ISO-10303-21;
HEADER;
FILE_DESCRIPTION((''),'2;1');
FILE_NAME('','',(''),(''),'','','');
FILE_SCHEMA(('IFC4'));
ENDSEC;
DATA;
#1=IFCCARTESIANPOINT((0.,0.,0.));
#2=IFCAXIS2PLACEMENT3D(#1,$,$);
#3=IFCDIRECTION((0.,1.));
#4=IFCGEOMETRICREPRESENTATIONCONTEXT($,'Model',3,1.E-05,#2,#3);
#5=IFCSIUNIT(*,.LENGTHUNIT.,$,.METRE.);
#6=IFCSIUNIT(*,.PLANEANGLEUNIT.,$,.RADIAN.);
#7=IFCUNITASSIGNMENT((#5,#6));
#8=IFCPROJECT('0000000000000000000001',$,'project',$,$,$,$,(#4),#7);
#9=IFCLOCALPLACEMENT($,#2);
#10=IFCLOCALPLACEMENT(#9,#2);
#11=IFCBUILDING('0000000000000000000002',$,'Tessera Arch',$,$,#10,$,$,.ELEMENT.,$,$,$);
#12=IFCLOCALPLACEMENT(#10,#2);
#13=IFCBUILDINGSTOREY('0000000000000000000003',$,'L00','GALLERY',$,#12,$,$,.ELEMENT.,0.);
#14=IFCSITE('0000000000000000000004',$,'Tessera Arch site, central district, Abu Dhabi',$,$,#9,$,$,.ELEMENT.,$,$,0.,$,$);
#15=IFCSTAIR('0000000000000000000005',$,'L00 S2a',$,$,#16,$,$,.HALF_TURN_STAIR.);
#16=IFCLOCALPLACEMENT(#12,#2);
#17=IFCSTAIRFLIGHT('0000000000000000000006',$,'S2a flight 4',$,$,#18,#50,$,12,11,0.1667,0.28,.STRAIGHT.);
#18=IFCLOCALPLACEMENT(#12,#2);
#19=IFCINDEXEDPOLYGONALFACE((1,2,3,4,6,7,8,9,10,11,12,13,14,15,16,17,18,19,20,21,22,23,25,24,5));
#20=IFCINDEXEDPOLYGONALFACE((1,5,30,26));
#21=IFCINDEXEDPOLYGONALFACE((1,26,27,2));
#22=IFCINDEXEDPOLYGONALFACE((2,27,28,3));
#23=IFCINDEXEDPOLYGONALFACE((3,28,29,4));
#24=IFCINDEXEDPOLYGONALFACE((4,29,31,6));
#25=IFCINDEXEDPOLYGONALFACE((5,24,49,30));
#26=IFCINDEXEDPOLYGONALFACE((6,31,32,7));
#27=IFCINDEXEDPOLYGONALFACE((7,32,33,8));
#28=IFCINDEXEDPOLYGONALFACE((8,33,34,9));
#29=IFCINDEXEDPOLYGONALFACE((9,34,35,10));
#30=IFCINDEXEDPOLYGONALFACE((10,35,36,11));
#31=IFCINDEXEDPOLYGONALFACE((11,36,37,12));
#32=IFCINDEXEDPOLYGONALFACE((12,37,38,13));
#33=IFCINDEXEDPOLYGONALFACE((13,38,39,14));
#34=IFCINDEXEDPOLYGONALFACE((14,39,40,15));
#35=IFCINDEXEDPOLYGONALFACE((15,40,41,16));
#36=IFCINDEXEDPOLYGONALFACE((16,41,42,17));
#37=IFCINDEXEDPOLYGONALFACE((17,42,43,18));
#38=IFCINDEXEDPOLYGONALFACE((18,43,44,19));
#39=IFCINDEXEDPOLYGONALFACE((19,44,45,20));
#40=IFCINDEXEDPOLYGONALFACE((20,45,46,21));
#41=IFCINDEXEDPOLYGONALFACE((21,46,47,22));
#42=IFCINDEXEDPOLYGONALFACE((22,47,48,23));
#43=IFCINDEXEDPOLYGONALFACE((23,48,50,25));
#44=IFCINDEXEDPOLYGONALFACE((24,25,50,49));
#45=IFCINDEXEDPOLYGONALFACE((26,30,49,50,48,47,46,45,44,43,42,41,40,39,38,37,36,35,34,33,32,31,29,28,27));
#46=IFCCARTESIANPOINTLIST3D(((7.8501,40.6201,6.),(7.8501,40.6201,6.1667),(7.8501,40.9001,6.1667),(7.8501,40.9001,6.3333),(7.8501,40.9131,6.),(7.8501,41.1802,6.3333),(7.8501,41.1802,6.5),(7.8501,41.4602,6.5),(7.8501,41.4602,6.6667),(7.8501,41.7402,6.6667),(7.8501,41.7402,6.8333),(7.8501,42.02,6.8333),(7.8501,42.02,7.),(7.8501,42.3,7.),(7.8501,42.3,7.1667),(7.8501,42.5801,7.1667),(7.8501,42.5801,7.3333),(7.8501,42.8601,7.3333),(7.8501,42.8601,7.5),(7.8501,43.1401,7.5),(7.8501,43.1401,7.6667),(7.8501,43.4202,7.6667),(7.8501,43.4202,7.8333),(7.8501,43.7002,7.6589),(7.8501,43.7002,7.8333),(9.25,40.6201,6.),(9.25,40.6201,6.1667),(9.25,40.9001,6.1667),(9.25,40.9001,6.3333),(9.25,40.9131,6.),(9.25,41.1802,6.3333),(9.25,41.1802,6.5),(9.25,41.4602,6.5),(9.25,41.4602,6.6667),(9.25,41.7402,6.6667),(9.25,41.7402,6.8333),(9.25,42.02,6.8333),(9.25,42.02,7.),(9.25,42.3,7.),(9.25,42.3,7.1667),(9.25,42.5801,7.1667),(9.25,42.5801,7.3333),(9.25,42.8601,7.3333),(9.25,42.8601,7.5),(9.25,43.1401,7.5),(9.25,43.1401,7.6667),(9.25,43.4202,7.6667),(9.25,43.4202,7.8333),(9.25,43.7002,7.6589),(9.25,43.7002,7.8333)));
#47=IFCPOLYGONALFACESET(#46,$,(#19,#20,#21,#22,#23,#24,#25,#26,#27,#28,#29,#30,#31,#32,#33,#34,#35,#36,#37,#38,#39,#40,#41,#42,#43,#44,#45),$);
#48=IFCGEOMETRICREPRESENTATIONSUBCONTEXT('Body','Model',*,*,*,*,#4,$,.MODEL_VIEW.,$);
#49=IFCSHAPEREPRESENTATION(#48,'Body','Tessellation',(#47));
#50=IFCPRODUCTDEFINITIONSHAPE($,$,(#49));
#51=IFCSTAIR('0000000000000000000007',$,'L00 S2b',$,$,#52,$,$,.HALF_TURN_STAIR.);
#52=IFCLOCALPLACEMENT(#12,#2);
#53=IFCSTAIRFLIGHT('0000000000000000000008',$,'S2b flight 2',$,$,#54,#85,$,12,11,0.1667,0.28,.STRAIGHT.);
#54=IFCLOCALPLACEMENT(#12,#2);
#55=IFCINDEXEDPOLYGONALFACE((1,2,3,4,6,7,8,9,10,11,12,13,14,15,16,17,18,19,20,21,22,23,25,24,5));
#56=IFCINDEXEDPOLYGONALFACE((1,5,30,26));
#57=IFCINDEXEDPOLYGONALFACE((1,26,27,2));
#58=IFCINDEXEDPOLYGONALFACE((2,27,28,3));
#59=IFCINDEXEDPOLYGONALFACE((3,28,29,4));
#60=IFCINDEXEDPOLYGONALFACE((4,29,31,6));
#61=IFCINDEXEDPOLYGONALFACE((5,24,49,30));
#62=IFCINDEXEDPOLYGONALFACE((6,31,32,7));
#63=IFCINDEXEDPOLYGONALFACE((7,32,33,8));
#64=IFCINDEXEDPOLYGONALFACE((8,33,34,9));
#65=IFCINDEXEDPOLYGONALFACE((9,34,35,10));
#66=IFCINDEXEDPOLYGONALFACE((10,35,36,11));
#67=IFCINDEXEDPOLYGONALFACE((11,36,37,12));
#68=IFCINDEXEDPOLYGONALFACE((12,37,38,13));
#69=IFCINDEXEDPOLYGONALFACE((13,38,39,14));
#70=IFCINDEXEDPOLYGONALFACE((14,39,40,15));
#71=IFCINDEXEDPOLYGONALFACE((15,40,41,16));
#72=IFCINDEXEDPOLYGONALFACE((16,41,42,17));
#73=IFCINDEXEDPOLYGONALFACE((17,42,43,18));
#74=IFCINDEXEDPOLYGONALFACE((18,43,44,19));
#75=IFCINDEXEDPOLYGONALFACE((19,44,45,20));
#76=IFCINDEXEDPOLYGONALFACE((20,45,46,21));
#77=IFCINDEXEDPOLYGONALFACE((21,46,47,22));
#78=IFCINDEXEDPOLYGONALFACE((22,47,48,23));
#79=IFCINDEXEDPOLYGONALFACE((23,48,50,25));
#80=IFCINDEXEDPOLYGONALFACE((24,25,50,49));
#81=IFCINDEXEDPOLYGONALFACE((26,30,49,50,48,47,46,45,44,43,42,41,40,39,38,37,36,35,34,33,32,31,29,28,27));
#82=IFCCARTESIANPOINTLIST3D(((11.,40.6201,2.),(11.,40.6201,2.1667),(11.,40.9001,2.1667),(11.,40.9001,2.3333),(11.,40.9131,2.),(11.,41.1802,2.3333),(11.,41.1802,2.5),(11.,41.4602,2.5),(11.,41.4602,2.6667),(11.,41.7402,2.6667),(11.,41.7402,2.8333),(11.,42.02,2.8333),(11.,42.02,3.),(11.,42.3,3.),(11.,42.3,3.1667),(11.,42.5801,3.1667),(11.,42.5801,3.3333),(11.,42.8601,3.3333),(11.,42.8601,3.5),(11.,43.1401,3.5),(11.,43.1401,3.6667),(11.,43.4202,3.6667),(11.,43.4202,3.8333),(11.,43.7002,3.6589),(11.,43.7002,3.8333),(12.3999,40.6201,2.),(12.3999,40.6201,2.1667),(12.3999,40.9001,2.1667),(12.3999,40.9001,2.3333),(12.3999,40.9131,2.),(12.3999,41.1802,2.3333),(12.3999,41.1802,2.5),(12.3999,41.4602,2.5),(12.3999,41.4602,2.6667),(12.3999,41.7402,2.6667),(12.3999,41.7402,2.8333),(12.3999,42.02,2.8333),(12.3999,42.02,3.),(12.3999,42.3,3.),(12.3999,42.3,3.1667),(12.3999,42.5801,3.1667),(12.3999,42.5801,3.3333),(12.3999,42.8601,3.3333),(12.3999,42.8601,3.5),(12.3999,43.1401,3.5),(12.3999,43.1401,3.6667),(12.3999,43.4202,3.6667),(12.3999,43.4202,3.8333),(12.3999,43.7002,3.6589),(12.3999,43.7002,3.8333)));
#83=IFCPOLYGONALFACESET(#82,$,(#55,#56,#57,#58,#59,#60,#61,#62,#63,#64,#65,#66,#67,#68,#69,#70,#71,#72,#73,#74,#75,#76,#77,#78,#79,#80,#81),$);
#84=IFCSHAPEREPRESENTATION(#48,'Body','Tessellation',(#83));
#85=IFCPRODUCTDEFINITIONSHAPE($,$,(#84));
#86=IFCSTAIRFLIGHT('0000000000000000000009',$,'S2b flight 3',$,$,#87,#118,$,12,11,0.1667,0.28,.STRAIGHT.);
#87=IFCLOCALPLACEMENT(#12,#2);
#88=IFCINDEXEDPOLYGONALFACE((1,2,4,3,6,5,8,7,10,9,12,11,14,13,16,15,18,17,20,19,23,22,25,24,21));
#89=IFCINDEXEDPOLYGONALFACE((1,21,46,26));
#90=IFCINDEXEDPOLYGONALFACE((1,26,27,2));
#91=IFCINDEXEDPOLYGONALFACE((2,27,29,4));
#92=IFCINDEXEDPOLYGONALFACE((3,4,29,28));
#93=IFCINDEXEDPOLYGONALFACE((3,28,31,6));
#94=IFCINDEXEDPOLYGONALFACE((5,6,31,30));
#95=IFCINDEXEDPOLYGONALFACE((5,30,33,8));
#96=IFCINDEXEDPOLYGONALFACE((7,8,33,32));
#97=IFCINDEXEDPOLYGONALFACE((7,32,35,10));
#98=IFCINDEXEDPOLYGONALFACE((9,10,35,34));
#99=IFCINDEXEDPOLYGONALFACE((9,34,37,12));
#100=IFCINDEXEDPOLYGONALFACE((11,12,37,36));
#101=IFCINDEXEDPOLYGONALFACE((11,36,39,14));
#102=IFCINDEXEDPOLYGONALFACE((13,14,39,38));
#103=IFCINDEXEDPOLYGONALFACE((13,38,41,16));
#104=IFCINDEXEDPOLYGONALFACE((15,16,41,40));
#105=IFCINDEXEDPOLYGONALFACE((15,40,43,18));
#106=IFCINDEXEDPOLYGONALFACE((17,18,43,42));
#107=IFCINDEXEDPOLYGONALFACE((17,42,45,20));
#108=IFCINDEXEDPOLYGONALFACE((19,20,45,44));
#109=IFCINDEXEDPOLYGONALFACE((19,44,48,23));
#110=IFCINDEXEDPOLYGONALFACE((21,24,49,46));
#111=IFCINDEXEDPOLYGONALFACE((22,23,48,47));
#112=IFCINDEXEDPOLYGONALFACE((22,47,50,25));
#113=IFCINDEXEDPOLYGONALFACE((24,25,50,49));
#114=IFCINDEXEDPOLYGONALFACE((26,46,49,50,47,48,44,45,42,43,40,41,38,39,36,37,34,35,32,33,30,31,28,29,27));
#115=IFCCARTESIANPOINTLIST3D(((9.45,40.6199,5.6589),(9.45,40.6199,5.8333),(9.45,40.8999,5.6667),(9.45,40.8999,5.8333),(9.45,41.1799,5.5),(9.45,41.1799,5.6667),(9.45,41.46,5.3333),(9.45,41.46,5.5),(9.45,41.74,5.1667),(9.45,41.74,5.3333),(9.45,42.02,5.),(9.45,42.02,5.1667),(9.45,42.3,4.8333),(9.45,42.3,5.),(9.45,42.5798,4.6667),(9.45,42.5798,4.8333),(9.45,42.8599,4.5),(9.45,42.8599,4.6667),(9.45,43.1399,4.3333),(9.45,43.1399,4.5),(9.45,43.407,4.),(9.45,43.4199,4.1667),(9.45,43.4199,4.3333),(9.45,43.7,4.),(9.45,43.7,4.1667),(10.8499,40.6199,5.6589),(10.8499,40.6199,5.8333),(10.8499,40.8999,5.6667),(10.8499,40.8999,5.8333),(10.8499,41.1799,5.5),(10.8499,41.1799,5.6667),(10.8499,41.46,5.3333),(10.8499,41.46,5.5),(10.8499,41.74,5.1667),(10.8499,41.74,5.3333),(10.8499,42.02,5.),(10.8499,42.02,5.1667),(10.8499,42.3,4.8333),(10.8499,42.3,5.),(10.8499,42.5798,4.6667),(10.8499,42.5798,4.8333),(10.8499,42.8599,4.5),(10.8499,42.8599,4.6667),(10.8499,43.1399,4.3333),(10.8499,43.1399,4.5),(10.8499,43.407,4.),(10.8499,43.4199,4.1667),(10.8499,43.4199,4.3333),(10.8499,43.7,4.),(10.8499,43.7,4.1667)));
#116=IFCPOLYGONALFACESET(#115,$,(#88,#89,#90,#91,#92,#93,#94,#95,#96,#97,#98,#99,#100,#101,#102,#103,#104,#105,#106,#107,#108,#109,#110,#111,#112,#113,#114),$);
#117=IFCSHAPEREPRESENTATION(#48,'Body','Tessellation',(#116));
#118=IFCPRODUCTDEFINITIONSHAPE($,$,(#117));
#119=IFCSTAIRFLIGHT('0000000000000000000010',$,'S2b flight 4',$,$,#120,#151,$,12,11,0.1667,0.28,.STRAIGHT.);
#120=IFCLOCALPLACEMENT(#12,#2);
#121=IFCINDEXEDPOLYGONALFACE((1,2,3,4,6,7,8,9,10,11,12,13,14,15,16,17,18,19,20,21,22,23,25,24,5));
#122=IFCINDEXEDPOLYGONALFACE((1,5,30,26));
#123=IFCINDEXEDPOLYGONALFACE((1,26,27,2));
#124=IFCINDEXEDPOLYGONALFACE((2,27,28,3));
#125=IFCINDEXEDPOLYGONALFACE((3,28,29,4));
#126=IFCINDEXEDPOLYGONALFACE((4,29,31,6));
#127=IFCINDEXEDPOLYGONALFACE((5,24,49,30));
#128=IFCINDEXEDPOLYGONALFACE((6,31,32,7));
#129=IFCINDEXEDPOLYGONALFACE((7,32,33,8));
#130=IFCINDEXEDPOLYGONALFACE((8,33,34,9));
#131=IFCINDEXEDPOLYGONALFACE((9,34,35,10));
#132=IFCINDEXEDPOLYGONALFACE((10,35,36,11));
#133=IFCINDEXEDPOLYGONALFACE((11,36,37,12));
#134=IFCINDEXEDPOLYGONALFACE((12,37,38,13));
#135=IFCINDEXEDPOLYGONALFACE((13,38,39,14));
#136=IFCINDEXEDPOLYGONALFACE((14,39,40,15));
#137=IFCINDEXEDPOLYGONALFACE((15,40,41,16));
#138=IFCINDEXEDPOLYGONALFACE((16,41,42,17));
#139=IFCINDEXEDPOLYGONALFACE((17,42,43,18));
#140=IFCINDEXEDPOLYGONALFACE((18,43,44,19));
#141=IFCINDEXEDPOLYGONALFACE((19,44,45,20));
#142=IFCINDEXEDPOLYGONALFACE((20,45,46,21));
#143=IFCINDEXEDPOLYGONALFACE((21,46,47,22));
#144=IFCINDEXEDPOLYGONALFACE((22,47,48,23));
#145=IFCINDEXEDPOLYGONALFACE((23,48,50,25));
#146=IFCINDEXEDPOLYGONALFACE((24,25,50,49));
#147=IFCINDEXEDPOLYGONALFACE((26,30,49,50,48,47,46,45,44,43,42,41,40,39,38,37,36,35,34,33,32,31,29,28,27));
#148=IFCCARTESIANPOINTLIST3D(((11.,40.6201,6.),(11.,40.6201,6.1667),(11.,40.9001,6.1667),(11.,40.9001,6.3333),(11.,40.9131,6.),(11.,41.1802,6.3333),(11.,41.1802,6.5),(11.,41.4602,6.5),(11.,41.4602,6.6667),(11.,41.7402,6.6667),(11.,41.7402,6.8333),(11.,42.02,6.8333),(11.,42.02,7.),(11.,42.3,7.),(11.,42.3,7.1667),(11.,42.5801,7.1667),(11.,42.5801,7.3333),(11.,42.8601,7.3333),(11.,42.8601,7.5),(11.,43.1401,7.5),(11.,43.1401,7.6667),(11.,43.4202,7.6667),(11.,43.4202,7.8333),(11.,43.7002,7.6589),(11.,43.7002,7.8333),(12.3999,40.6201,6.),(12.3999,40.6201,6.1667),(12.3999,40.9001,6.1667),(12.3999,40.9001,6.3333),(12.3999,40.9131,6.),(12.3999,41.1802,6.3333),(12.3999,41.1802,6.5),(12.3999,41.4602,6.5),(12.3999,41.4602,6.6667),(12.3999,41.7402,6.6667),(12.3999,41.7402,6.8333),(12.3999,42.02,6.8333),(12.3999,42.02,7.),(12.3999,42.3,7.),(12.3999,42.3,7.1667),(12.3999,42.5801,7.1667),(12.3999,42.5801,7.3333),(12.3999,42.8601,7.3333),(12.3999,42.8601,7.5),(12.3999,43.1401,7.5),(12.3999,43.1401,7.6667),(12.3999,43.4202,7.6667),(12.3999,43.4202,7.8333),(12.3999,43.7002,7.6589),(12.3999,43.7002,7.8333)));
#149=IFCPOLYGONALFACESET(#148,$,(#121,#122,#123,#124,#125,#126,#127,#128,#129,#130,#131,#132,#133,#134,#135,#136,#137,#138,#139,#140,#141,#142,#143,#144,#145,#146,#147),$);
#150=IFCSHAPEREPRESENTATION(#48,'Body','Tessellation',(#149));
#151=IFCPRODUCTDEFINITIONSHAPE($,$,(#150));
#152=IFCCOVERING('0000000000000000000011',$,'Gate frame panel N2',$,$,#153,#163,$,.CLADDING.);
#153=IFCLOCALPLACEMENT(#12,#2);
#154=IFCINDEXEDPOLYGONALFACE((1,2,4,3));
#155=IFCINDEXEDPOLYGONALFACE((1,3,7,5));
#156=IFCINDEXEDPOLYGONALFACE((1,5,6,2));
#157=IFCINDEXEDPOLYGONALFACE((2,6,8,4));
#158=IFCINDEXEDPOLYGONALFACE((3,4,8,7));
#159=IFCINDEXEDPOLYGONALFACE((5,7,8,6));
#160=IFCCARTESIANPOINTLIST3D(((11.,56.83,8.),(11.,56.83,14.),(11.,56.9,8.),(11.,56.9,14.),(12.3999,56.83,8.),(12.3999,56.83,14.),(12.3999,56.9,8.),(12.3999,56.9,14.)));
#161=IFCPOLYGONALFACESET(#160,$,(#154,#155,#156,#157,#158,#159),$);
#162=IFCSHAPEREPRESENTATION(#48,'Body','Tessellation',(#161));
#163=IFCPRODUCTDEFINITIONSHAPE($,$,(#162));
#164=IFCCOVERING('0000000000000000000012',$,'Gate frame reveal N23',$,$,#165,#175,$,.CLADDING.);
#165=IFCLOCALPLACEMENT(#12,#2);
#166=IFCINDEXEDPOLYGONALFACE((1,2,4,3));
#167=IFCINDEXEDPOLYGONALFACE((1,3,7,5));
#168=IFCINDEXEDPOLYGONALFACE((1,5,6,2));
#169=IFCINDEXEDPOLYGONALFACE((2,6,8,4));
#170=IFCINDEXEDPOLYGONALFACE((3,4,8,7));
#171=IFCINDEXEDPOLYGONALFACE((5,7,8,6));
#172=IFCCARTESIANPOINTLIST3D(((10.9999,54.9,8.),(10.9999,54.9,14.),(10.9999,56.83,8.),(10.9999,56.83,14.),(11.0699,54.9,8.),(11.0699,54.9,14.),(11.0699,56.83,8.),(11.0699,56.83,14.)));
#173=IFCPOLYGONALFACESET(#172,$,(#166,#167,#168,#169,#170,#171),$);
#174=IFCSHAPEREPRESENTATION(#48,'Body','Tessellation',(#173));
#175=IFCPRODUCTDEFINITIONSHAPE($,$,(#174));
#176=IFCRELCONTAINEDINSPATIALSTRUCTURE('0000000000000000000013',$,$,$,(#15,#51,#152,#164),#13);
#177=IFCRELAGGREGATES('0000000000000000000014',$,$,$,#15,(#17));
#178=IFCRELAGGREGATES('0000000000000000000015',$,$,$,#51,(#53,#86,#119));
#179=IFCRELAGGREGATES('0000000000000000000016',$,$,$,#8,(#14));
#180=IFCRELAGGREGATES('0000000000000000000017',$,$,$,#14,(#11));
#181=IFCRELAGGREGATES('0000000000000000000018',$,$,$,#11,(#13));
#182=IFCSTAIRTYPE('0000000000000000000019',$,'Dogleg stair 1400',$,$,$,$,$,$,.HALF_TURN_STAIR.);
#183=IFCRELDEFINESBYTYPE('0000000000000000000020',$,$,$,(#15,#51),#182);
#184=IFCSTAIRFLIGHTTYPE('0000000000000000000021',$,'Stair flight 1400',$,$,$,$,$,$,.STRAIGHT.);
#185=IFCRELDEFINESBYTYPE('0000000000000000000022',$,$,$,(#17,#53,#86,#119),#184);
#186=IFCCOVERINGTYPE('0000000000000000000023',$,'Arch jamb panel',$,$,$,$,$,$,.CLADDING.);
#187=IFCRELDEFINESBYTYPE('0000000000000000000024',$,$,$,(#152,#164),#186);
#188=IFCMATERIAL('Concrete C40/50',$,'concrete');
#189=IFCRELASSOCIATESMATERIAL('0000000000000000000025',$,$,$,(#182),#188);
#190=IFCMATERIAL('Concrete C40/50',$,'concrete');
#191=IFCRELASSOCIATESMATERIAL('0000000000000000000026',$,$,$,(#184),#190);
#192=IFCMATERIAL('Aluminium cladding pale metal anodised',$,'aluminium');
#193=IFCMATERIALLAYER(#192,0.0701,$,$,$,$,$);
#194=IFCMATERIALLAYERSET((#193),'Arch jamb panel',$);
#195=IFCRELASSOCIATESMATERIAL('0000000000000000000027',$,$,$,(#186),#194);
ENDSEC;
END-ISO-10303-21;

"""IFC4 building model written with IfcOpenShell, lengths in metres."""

from ifc_helpers import new_model, si_unit, direction, frame, origin, origin_2d, place, context, subcontext, project, spatial, polyline, rectangle, outline, extrude, material, layer, layer_set, type_object, element, aggregate, save


model = new_model("IFC4")

# Units and contexts
model_context = context("Model", 3, precision=1e-05, world=origin(), true_north=direction((0.0, 1.0)))
body_context = subcontext(model_context, "Body", "Model", "MODEL_VIEW")
ifc_project = project(units=[si_unit("LENGTHUNIT", "METRE"), si_unit("PLANEANGLEUNIT", "RADIAN")], contexts=[model_context])

# Site, building, storey
site_placement = place(None, origin())
site = spatial("IfcSite", under=ifc_project, at=site_placement, Name="Tessera Arch site, central district, Abu Dhabi", CompositionType="ELEMENT", RefElevation=0.0)
building_placement = place(site_placement, origin())
building = spatial("IfcBuilding", under=site, at=building_placement, Name="Tessera Arch", CompositionType="ELEMENT")
storey_placement = place(building_placement, origin())
storey = spatial("IfcBuildingStorey", under=building, at=storey_placement, Name="L00", Description="GALLERY", CompositionType="ELEMENT", Elevation=0.0)

# Stairs, stair flights
ifc_material_1 = material(Name="Concrete C40/50", Category="concrete")
stair_type = type_object("IfcStairType", Name="Dogleg stair 1400", PredefinedType="HALF_TURN_STAIR", material=ifc_material_1)
stair_1_placement = place(storey_placement, origin())
stair_1 = element("IfcStair", 1, at=stair_1_placement, inside=storey, type_object=stair_type, Name="L00 S2a", PredefinedType="HALF_TURN_STAIR")
ifc_material_2 = material(Name="Concrete C40/50", Category="concrete")
stair_flight_type = type_object("IfcStairFlightType", Name="Stair flight 1400", PredefinedType="STRAIGHT", material=ifc_material_2)
stair_flight_1_placement = place(storey_placement, frame((8.55, 40.6201, 6.0), z_axis=(0.0, 0.0, 1.0), x_axis=(0.0, 1.0, 0.0)))
stair_flight_1 = element("IfcStairFlight", 2, at=stair_flight_1_placement, type_object=stair_flight_type, Name="S2a flight 4", NumberOfRisers=12, NumberOfTreads=11, PredefinedType="STRAIGHT", RiserHeight=0.1667, TreadLength=0.28, context=body_context, shape_type="SweptSolid", body=[
    extrude(outline(polyline([(0.0, 0.0), (0.0, 0.1667), (0.28, 0.1667), (0.28, 0.3333), (0.5601, 0.3333), (0.5601, 0.5), (0.8401, 0.5), (0.8401, 0.6667), (1.1201, 0.6667), (1.1201, 0.8333), (1.3999, 0.8333), (1.3999, 1.0), (1.6799, 1.0), (1.6799, 1.1667), (1.96, 1.1667), (1.96, 1.3333), (2.24, 1.3333), (2.24, 1.5), (2.52, 1.5), (2.52, 1.6667), (2.8, 1.6667), (2.8, 1.8333), (3.0801, 1.8333), (3.0801, 2.0), (3.0801, 1.6589), (0.293, 0.0), (0.0, 0.0)])), frame((0.0, 0.7, 0.0), z_axis=(0.0, -1.0, 0.0), x_axis=(1.0, 0.0, 0.0)), (0.0, 0.0, 1.0), 1.3999),
])
aggregate(stair_1, [stair_flight_1])
stair_2_placement = place(storey_placement, origin())
stair_2 = element("IfcStair", 3, at=stair_2_placement, inside=storey, type_object=stair_type, Name="L00 S2b", PredefinedType="HALF_TURN_STAIR")
stair_flight_2_placement = place(storey_placement, frame((11.7, 40.6201, 2.0), z_axis=(0.0, 0.0, 1.0), x_axis=(0.0, 1.0, 0.0)))
stair_flight_2 = element("IfcStairFlight", 4, at=stair_flight_2_placement, type_object=stair_flight_type, Name="S2b flight 2", NumberOfRisers=12, NumberOfTreads=11, PredefinedType="STRAIGHT", RiserHeight=0.1667, TreadLength=0.28, context=body_context, shape_type="SweptSolid", body=[
    extrude(outline(polyline([(0.0, 0.0), (0.0, 0.1667), (0.28, 0.1667), (0.28, 0.3333), (0.5601, 0.3333), (0.5601, 0.5), (0.8401, 0.5), (0.8401, 0.6667), (1.1201, 0.6667), (1.1201, 0.8333), (1.3999, 0.8333), (1.3999, 1.0), (1.6799, 1.0), (1.6799, 1.1667), (1.96, 1.1667), (1.96, 1.3333), (2.24, 1.3333), (2.24, 1.5), (2.52, 1.5), (2.52, 1.6667), (2.8, 1.6667), (2.8, 1.8333), (3.0801, 1.8333), (3.0801, 2.0), (3.0801, 1.6589), (0.293, 0.0), (0.0, 0.0)])), frame((0.0, 0.7, 0.0), z_axis=(0.0, -1.0, 0.0), x_axis=(1.0, 0.0, 0.0)), (0.0, 0.0, 1.0), 1.3999),
])
stair_flight_3_placement = place(storey_placement, frame((10.1499, 43.7, 4.0), z_axis=(0.0, 0.0, 1.0), x_axis=(0.0, -1.0, 0.0)))
stair_flight_3 = element("IfcStairFlight", 5, at=stair_flight_3_placement, type_object=stair_flight_type, Name="S2b flight 3", NumberOfRisers=12, NumberOfTreads=11, PredefinedType="STRAIGHT", RiserHeight=0.1667, TreadLength=0.28, context=body_context, shape_type="SweptSolid", body=[
    extrude(outline(polyline([(0.0, 0.0), (0.0, 0.1667), (0.28, 0.1667), (0.28, 0.3333), (0.5601, 0.3333), (0.5601, 0.5), (0.8401, 0.5), (0.8401, 0.6667), (1.1201, 0.6667), (1.1201, 0.8333), (1.3999, 0.8333), (1.3999, 1.0), (1.6799, 1.0), (1.6799, 1.1667), (1.96, 1.1667), (1.96, 1.3333), (2.24, 1.3333), (2.24, 1.5), (2.52, 1.5), (2.52, 1.6667), (2.8, 1.6667), (2.8, 1.8333), (3.0801, 1.8333), (3.0801, 2.0), (3.0801, 1.6589), (0.293, 0.0), (0.0, 0.0)])), frame((0.0, 0.7, 0.0), z_axis=(0.0, -1.0, 0.0), x_axis=(1.0, 0.0, 0.0)), (0.0, 0.0, 1.0), 1.3999),
])
stair_flight_4_placement = place(storey_placement, frame((11.7, 40.6201, 6.0), z_axis=(0.0, 0.0, 1.0), x_axis=(0.0, 1.0, 0.0)))
stair_flight_4 = element("IfcStairFlight", 6, at=stair_flight_4_placement, type_object=stair_flight_type, Name="S2b flight 4", NumberOfRisers=12, NumberOfTreads=11, PredefinedType="STRAIGHT", RiserHeight=0.1667, TreadLength=0.28, context=body_context, shape_type="SweptSolid", body=[
    extrude(outline(polyline([(0.0, 0.0), (0.0, 0.1667), (0.28, 0.1667), (0.28, 0.3333), (0.5601, 0.3333), (0.5601, 0.5), (0.8401, 0.5), (0.8401, 0.6667), (1.1201, 0.6667), (1.1201, 0.8333), (1.3999, 0.8333), (1.3999, 1.0), (1.6799, 1.0), (1.6799, 1.1667), (1.96, 1.1667), (1.96, 1.3333), (2.24, 1.3333), (2.24, 1.5), (2.52, 1.5), (2.52, 1.6667), (2.8, 1.6667), (2.8, 1.8333), (3.0801, 1.8333), (3.0801, 2.0), (3.0801, 1.6589), (0.293, 0.0), (0.0, 0.0)])), frame((0.0, 0.7, 0.0), z_axis=(0.0, -1.0, 0.0), x_axis=(1.0, 0.0, 0.0)), (0.0, 0.0, 1.0), 1.3999),
])
aggregate(stair_2, [stair_flight_2, stair_flight_3, stair_flight_4])

# Coverings
ifc_material_3 = material(Name="Aluminium cladding pale metal anodised", Category="aluminium")
ifc_layer_1 = layer(ifc_material_3, 0.0701)
ifc_layer_set_1 = layer_set([ifc_layer_1], Name="Arch jamb panel")
covering_type = type_object("IfcCoveringType", Name="Arch jamb panel", PredefinedType="CLADDING", material=ifc_layer_set_1)
covering_1_placement = place(storey_placement, frame((11.7, 56.865, 8.0), z_axis=(0.0, 0.0, 1.0), x_axis=(1.0, 0.0, 0.0)))
element("IfcCovering", 7, at=covering_1_placement, inside=storey, type_object=covering_type, Name="Gate frame panel N2", PredefinedType="CLADDING", context=body_context, shape_type="SweptSolid", body=[
    extrude(rectangle(XDim=1.3999, YDim=0.0701, at=origin_2d()), origin(), (0.0, 0.0, 1.0), 6.0),
])
covering_2_placement = place(storey_placement, frame((11.0349, 55.865, 8.0), z_axis=(0.0, 0.0, 1.0), x_axis=(1.0, 0.0, 0.0)))
element("IfcCovering", 8, at=covering_2_placement, inside=storey, type_object=covering_type, Name="Gate frame reveal N23", PredefinedType="CLADDING", context=body_context, shape_type="SweptSolid", body=[
    extrude(rectangle(XDim=0.0701, YDim=1.9299, at=origin_2d()), origin(), (0.0, 0.0, 1.0), 6.0),
])

save(model, "model.ifc")
